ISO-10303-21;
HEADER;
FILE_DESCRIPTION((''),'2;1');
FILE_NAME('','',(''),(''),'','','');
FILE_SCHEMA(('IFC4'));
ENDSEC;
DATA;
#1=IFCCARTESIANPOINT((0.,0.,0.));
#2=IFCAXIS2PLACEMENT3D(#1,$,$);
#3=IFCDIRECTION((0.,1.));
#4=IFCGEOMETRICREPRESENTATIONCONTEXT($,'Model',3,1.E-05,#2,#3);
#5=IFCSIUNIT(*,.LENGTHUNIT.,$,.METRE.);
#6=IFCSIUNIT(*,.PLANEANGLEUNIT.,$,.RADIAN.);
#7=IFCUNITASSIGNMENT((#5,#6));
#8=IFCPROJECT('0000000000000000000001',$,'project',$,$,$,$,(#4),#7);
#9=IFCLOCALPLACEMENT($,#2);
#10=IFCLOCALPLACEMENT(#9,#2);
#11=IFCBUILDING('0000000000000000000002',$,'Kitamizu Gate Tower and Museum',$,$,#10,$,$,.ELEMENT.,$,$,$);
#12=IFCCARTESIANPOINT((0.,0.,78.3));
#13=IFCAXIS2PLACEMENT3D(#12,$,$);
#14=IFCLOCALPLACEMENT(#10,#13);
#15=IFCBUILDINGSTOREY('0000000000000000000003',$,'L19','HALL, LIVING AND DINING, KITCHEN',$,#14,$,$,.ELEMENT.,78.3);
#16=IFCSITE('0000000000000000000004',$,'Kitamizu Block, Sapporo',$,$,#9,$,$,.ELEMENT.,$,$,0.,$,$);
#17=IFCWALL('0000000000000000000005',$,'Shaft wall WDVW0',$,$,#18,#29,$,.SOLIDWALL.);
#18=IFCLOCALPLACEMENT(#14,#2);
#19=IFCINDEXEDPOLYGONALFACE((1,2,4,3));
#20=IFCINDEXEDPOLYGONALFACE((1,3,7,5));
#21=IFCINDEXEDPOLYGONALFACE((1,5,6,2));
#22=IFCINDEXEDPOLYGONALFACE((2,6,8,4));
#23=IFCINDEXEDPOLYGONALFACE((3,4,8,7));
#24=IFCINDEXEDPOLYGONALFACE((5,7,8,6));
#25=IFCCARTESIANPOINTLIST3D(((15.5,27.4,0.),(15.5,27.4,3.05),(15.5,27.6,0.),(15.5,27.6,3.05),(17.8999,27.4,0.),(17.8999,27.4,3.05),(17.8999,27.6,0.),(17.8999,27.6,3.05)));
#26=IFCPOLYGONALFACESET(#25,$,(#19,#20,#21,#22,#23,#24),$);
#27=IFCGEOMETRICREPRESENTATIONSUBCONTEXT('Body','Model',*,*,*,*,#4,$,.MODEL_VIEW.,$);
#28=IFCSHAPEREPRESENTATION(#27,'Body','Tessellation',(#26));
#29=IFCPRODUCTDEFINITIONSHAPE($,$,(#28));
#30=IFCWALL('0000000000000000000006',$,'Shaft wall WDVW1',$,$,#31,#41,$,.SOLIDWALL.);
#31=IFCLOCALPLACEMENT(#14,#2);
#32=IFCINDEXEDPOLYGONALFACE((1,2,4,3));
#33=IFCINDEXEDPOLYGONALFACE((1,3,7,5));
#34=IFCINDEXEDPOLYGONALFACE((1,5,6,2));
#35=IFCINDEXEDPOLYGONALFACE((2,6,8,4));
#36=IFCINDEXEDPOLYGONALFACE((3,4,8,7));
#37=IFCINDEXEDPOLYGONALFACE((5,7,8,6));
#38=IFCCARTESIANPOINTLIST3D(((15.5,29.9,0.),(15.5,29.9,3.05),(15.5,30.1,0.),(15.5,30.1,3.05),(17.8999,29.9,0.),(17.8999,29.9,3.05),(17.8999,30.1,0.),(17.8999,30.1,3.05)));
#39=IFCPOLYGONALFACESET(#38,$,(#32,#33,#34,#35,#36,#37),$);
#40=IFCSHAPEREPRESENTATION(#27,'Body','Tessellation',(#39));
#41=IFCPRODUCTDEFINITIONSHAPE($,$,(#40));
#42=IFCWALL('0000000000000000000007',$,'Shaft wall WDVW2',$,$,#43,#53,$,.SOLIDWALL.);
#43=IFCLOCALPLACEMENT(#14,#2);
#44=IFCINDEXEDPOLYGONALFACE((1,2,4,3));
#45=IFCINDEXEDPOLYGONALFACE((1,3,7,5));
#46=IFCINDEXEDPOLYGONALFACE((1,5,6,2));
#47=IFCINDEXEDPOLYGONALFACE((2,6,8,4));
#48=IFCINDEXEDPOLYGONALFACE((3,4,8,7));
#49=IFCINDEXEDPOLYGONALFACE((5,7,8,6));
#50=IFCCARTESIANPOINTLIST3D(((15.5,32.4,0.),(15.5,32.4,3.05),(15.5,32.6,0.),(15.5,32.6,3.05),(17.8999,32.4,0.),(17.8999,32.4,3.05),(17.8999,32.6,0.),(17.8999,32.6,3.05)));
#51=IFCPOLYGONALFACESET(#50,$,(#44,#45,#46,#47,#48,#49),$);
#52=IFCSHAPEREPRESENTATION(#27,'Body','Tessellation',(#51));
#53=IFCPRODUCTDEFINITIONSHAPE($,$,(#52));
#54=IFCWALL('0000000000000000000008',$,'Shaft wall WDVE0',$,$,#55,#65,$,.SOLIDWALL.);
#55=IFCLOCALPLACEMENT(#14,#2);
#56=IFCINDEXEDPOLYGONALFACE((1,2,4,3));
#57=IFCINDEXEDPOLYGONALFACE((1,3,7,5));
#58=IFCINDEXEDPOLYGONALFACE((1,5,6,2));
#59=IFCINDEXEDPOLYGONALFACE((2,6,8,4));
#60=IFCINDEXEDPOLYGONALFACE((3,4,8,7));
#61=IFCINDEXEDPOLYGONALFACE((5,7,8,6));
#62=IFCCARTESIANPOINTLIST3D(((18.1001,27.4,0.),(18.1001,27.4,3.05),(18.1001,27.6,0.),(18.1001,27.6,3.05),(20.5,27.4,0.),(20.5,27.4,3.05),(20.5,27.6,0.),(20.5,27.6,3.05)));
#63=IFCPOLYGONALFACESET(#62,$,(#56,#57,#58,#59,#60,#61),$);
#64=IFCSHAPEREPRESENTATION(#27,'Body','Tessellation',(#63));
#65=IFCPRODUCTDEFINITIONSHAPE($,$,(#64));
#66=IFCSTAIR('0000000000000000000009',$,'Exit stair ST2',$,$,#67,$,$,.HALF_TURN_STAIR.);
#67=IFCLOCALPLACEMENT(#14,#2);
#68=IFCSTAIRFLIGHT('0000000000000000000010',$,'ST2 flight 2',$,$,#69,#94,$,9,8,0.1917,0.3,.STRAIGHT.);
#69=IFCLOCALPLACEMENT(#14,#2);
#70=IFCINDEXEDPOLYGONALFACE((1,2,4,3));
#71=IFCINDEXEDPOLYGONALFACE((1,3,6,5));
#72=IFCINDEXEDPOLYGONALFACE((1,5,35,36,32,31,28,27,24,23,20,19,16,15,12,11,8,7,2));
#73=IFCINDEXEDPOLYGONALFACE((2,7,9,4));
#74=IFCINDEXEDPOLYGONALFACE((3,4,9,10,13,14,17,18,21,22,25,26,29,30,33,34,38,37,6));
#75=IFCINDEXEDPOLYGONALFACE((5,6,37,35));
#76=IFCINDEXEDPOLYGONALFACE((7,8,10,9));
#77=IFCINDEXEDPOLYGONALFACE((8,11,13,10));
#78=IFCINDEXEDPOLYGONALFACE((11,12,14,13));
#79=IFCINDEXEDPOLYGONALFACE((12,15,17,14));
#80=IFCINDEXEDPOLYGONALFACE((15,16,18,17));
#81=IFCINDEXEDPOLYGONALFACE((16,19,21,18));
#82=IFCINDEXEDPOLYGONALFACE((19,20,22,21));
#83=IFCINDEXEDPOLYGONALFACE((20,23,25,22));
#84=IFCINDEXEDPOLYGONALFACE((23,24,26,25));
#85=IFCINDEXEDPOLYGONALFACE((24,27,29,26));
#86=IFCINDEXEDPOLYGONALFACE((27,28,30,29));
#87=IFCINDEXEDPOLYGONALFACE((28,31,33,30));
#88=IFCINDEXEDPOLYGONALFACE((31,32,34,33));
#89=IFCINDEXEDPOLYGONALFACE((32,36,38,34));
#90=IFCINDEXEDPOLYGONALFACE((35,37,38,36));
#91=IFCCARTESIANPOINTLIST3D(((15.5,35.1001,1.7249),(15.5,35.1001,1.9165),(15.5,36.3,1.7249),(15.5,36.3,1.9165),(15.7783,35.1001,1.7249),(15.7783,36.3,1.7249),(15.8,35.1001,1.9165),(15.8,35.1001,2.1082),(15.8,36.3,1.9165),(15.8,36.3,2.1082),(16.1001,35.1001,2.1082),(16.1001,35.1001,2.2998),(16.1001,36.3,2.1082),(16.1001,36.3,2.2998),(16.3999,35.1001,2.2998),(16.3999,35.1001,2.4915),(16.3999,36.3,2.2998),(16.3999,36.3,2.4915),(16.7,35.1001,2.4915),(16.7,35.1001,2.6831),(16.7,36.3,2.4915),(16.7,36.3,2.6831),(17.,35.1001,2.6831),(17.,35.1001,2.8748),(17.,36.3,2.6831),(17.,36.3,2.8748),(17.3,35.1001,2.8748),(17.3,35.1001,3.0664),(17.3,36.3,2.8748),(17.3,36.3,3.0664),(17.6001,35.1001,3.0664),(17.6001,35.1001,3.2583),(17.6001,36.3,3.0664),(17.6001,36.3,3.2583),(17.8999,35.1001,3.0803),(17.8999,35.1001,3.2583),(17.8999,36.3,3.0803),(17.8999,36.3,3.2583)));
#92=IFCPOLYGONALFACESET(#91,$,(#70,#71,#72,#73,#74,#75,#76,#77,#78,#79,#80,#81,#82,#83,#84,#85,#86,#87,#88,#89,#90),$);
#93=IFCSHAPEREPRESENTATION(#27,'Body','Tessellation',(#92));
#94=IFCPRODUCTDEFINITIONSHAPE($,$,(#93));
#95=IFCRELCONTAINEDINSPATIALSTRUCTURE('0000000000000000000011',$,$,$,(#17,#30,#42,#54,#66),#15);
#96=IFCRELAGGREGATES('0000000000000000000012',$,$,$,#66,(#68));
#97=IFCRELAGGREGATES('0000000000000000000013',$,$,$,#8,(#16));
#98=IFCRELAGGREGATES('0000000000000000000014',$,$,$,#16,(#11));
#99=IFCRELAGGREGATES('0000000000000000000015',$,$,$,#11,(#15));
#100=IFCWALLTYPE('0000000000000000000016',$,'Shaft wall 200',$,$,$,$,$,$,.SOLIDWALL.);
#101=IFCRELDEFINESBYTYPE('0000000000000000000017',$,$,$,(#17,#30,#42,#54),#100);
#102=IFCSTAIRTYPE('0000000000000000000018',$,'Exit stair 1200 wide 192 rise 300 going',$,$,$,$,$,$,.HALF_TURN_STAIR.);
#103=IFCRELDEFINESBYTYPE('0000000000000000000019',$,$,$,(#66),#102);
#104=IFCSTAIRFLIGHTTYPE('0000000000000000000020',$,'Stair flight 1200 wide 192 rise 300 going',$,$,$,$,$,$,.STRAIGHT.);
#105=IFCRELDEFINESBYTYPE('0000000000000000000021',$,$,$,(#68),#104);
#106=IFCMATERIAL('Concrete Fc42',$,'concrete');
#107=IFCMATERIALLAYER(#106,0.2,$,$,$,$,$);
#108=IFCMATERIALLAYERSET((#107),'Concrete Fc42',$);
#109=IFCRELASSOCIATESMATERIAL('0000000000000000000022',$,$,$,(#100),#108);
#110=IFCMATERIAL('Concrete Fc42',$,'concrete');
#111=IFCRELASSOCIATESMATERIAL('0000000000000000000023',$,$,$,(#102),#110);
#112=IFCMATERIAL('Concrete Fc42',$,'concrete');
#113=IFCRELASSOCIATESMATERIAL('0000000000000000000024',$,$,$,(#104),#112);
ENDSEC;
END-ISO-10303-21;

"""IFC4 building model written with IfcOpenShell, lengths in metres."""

from ifc_helpers import new_model, si_unit, direction, frame, frame_2d, origin, place, context, subcontext, project, spatial, polyline, rectangle, outline, extrude, material, layer, layer_set, type_object, element, aggregate, save


model = new_model("IFC4")

# Units and contexts
model_context = context("Model", 3, precision=1e-05, world=origin(), true_north=direction((0.0, 1.0)))
body_context = subcontext(model_context, "Body", "Model", "MODEL_VIEW")
ifc_project = project(units=[si_unit("LENGTHUNIT", "METRE"), si_unit("PLANEANGLEUNIT", "RADIAN")], contexts=[model_context])

# Site, building, storey
site_placement = place(None, origin())
site = spatial("IfcSite", under=ifc_project, at=site_placement, Name="Kitamizu Block, Sapporo", CompositionType="ELEMENT", RefElevation=0.0)
building_placement = place(site_placement, origin())
building = spatial("IfcBuilding", under=site, at=building_placement, Name="Kitamizu Gate Tower and Museum", CompositionType="ELEMENT")
storey_placement = place(building_placement, frame((0.0, 0.0, 78.3)))
storey = spatial("IfcBuildingStorey", under=building, at=storey_placement, Name="L19", Description="HALL, LIVING AND DINING, KITCHEN", CompositionType="ELEMENT", Elevation=78.3)

# Shared definitions
ifc_material_1 = material(Name="Concrete Fc42", Category="concrete")
ifc_layer_1 = layer(ifc_material_1, 0.2)
ifc_layer_set_1 = layer_set([ifc_layer_1], Name="Concrete Fc42")
wall_type_1 = type_object("IfcWallType", Name="Shaft wall 200", PredefinedType="SOLIDWALL", material=ifc_layer_set_1)

# Walls
for number, where, z_axis, x_axis, name in (
    (1, (15.5, 27.5, 0.0), (0.0, 0.0, 1.0), (1.0, 0.0, 0.0), "Shaft wall WDVW0"),
    (2, (15.5, 30.0, 0.0), (0.0, 0.0, 1.0), (1.0, 0.0, 0.0), "Shaft wall WDVW1"),
    (3, (15.5, 32.5, 0.0), (0.0, 0.0, 1.0), (1.0, 0.0, 0.0), "Shaft wall WDVW2"),
    (4, (18.1001, 27.5, 0.0), (0.0, 0.0, 1.0), (1.0, 0.0, 0.0), "Shaft wall WDVE0"),
):
    element("IfcWall", number, at=place(storey_placement, frame(where, z_axis=z_axis, x_axis=x_axis)), inside=storey, type_object=wall_type_1, Name=name, PredefinedType="SOLIDWALL", context=body_context, shape_type="SweptSolid", body=[
        extrude(rectangle(XDim=2.3999, YDim=0.2, at=frame_2d((1.2, 0.0))), origin(), (0.0, 0.0, 1.0), 3.05),
    ])

# Stair, stair flight
ifc_material_2 = material(Name="Concrete Fc42", Category="concrete")
stair_type = type_object("IfcStairType", Name="Exit stair 1200 wide 192 rise 300 going", PredefinedType="HALF_TURN_STAIR", material=ifc_material_2)
stair_placement = place(storey_placement, origin())
stair = element("IfcStair", 5, at=stair_placement, inside=storey, type_object=stair_type, Name="Exit stair ST2", PredefinedType="HALF_TURN_STAIR")
ifc_material_3 = material(Name="Concrete Fc42", Category="concrete")
stair_flight_type = type_object("IfcStairFlightType", Name="Stair flight 1200 wide 192 rise 300 going", PredefinedType="STRAIGHT", material=ifc_material_3)
stair_flight_placement = place(storey_placement, frame((15.5, 35.7, 1.7249), z_axis=(0.0, 0.0, 1.0), x_axis=(1.0, 0.0, 0.0)))
stair_flight = element("IfcStairFlight", 6, at=stair_flight_placement, type_object=stair_flight_type, Name="ST2 flight 2", NumberOfRisers=9, NumberOfTreads=8, PredefinedType="STRAIGHT", RiserHeight=0.1917, TreadLength=0.3, context=body_context, shape_type="SweptSolid", body=[
    extrude(outline(polyline([(0.0, 0.0), (0.0, 0.1917), (0.3, 0.1917), (0.3, 0.3833), (0.6001, 0.3833), (0.6001, 0.575), (0.8999, 0.575), (0.8999, 0.7666), (1.2, 0.7666), (1.2, 0.9583), (1.5, 0.9583), (1.5, 1.1499), (1.8, 1.1499), (1.8, 1.3416), (2.1001, 1.3416), (2.1001, 1.5334), (2.3999, 1.5334), (2.3999, 1.7251), (2.3999, 1.3555), (0.2783, 0.0), (0.0, 0.0)])), frame((0.0, 0.6001, 0.0), z_axis=(0.0, -1.0, 0.0), x_axis=(1.0, 0.0, 0.0)), (0.0, 0.0, 1.0), 1.2),
])
aggregate(stair, [stair_flight])

save(model, "model.ifc")
